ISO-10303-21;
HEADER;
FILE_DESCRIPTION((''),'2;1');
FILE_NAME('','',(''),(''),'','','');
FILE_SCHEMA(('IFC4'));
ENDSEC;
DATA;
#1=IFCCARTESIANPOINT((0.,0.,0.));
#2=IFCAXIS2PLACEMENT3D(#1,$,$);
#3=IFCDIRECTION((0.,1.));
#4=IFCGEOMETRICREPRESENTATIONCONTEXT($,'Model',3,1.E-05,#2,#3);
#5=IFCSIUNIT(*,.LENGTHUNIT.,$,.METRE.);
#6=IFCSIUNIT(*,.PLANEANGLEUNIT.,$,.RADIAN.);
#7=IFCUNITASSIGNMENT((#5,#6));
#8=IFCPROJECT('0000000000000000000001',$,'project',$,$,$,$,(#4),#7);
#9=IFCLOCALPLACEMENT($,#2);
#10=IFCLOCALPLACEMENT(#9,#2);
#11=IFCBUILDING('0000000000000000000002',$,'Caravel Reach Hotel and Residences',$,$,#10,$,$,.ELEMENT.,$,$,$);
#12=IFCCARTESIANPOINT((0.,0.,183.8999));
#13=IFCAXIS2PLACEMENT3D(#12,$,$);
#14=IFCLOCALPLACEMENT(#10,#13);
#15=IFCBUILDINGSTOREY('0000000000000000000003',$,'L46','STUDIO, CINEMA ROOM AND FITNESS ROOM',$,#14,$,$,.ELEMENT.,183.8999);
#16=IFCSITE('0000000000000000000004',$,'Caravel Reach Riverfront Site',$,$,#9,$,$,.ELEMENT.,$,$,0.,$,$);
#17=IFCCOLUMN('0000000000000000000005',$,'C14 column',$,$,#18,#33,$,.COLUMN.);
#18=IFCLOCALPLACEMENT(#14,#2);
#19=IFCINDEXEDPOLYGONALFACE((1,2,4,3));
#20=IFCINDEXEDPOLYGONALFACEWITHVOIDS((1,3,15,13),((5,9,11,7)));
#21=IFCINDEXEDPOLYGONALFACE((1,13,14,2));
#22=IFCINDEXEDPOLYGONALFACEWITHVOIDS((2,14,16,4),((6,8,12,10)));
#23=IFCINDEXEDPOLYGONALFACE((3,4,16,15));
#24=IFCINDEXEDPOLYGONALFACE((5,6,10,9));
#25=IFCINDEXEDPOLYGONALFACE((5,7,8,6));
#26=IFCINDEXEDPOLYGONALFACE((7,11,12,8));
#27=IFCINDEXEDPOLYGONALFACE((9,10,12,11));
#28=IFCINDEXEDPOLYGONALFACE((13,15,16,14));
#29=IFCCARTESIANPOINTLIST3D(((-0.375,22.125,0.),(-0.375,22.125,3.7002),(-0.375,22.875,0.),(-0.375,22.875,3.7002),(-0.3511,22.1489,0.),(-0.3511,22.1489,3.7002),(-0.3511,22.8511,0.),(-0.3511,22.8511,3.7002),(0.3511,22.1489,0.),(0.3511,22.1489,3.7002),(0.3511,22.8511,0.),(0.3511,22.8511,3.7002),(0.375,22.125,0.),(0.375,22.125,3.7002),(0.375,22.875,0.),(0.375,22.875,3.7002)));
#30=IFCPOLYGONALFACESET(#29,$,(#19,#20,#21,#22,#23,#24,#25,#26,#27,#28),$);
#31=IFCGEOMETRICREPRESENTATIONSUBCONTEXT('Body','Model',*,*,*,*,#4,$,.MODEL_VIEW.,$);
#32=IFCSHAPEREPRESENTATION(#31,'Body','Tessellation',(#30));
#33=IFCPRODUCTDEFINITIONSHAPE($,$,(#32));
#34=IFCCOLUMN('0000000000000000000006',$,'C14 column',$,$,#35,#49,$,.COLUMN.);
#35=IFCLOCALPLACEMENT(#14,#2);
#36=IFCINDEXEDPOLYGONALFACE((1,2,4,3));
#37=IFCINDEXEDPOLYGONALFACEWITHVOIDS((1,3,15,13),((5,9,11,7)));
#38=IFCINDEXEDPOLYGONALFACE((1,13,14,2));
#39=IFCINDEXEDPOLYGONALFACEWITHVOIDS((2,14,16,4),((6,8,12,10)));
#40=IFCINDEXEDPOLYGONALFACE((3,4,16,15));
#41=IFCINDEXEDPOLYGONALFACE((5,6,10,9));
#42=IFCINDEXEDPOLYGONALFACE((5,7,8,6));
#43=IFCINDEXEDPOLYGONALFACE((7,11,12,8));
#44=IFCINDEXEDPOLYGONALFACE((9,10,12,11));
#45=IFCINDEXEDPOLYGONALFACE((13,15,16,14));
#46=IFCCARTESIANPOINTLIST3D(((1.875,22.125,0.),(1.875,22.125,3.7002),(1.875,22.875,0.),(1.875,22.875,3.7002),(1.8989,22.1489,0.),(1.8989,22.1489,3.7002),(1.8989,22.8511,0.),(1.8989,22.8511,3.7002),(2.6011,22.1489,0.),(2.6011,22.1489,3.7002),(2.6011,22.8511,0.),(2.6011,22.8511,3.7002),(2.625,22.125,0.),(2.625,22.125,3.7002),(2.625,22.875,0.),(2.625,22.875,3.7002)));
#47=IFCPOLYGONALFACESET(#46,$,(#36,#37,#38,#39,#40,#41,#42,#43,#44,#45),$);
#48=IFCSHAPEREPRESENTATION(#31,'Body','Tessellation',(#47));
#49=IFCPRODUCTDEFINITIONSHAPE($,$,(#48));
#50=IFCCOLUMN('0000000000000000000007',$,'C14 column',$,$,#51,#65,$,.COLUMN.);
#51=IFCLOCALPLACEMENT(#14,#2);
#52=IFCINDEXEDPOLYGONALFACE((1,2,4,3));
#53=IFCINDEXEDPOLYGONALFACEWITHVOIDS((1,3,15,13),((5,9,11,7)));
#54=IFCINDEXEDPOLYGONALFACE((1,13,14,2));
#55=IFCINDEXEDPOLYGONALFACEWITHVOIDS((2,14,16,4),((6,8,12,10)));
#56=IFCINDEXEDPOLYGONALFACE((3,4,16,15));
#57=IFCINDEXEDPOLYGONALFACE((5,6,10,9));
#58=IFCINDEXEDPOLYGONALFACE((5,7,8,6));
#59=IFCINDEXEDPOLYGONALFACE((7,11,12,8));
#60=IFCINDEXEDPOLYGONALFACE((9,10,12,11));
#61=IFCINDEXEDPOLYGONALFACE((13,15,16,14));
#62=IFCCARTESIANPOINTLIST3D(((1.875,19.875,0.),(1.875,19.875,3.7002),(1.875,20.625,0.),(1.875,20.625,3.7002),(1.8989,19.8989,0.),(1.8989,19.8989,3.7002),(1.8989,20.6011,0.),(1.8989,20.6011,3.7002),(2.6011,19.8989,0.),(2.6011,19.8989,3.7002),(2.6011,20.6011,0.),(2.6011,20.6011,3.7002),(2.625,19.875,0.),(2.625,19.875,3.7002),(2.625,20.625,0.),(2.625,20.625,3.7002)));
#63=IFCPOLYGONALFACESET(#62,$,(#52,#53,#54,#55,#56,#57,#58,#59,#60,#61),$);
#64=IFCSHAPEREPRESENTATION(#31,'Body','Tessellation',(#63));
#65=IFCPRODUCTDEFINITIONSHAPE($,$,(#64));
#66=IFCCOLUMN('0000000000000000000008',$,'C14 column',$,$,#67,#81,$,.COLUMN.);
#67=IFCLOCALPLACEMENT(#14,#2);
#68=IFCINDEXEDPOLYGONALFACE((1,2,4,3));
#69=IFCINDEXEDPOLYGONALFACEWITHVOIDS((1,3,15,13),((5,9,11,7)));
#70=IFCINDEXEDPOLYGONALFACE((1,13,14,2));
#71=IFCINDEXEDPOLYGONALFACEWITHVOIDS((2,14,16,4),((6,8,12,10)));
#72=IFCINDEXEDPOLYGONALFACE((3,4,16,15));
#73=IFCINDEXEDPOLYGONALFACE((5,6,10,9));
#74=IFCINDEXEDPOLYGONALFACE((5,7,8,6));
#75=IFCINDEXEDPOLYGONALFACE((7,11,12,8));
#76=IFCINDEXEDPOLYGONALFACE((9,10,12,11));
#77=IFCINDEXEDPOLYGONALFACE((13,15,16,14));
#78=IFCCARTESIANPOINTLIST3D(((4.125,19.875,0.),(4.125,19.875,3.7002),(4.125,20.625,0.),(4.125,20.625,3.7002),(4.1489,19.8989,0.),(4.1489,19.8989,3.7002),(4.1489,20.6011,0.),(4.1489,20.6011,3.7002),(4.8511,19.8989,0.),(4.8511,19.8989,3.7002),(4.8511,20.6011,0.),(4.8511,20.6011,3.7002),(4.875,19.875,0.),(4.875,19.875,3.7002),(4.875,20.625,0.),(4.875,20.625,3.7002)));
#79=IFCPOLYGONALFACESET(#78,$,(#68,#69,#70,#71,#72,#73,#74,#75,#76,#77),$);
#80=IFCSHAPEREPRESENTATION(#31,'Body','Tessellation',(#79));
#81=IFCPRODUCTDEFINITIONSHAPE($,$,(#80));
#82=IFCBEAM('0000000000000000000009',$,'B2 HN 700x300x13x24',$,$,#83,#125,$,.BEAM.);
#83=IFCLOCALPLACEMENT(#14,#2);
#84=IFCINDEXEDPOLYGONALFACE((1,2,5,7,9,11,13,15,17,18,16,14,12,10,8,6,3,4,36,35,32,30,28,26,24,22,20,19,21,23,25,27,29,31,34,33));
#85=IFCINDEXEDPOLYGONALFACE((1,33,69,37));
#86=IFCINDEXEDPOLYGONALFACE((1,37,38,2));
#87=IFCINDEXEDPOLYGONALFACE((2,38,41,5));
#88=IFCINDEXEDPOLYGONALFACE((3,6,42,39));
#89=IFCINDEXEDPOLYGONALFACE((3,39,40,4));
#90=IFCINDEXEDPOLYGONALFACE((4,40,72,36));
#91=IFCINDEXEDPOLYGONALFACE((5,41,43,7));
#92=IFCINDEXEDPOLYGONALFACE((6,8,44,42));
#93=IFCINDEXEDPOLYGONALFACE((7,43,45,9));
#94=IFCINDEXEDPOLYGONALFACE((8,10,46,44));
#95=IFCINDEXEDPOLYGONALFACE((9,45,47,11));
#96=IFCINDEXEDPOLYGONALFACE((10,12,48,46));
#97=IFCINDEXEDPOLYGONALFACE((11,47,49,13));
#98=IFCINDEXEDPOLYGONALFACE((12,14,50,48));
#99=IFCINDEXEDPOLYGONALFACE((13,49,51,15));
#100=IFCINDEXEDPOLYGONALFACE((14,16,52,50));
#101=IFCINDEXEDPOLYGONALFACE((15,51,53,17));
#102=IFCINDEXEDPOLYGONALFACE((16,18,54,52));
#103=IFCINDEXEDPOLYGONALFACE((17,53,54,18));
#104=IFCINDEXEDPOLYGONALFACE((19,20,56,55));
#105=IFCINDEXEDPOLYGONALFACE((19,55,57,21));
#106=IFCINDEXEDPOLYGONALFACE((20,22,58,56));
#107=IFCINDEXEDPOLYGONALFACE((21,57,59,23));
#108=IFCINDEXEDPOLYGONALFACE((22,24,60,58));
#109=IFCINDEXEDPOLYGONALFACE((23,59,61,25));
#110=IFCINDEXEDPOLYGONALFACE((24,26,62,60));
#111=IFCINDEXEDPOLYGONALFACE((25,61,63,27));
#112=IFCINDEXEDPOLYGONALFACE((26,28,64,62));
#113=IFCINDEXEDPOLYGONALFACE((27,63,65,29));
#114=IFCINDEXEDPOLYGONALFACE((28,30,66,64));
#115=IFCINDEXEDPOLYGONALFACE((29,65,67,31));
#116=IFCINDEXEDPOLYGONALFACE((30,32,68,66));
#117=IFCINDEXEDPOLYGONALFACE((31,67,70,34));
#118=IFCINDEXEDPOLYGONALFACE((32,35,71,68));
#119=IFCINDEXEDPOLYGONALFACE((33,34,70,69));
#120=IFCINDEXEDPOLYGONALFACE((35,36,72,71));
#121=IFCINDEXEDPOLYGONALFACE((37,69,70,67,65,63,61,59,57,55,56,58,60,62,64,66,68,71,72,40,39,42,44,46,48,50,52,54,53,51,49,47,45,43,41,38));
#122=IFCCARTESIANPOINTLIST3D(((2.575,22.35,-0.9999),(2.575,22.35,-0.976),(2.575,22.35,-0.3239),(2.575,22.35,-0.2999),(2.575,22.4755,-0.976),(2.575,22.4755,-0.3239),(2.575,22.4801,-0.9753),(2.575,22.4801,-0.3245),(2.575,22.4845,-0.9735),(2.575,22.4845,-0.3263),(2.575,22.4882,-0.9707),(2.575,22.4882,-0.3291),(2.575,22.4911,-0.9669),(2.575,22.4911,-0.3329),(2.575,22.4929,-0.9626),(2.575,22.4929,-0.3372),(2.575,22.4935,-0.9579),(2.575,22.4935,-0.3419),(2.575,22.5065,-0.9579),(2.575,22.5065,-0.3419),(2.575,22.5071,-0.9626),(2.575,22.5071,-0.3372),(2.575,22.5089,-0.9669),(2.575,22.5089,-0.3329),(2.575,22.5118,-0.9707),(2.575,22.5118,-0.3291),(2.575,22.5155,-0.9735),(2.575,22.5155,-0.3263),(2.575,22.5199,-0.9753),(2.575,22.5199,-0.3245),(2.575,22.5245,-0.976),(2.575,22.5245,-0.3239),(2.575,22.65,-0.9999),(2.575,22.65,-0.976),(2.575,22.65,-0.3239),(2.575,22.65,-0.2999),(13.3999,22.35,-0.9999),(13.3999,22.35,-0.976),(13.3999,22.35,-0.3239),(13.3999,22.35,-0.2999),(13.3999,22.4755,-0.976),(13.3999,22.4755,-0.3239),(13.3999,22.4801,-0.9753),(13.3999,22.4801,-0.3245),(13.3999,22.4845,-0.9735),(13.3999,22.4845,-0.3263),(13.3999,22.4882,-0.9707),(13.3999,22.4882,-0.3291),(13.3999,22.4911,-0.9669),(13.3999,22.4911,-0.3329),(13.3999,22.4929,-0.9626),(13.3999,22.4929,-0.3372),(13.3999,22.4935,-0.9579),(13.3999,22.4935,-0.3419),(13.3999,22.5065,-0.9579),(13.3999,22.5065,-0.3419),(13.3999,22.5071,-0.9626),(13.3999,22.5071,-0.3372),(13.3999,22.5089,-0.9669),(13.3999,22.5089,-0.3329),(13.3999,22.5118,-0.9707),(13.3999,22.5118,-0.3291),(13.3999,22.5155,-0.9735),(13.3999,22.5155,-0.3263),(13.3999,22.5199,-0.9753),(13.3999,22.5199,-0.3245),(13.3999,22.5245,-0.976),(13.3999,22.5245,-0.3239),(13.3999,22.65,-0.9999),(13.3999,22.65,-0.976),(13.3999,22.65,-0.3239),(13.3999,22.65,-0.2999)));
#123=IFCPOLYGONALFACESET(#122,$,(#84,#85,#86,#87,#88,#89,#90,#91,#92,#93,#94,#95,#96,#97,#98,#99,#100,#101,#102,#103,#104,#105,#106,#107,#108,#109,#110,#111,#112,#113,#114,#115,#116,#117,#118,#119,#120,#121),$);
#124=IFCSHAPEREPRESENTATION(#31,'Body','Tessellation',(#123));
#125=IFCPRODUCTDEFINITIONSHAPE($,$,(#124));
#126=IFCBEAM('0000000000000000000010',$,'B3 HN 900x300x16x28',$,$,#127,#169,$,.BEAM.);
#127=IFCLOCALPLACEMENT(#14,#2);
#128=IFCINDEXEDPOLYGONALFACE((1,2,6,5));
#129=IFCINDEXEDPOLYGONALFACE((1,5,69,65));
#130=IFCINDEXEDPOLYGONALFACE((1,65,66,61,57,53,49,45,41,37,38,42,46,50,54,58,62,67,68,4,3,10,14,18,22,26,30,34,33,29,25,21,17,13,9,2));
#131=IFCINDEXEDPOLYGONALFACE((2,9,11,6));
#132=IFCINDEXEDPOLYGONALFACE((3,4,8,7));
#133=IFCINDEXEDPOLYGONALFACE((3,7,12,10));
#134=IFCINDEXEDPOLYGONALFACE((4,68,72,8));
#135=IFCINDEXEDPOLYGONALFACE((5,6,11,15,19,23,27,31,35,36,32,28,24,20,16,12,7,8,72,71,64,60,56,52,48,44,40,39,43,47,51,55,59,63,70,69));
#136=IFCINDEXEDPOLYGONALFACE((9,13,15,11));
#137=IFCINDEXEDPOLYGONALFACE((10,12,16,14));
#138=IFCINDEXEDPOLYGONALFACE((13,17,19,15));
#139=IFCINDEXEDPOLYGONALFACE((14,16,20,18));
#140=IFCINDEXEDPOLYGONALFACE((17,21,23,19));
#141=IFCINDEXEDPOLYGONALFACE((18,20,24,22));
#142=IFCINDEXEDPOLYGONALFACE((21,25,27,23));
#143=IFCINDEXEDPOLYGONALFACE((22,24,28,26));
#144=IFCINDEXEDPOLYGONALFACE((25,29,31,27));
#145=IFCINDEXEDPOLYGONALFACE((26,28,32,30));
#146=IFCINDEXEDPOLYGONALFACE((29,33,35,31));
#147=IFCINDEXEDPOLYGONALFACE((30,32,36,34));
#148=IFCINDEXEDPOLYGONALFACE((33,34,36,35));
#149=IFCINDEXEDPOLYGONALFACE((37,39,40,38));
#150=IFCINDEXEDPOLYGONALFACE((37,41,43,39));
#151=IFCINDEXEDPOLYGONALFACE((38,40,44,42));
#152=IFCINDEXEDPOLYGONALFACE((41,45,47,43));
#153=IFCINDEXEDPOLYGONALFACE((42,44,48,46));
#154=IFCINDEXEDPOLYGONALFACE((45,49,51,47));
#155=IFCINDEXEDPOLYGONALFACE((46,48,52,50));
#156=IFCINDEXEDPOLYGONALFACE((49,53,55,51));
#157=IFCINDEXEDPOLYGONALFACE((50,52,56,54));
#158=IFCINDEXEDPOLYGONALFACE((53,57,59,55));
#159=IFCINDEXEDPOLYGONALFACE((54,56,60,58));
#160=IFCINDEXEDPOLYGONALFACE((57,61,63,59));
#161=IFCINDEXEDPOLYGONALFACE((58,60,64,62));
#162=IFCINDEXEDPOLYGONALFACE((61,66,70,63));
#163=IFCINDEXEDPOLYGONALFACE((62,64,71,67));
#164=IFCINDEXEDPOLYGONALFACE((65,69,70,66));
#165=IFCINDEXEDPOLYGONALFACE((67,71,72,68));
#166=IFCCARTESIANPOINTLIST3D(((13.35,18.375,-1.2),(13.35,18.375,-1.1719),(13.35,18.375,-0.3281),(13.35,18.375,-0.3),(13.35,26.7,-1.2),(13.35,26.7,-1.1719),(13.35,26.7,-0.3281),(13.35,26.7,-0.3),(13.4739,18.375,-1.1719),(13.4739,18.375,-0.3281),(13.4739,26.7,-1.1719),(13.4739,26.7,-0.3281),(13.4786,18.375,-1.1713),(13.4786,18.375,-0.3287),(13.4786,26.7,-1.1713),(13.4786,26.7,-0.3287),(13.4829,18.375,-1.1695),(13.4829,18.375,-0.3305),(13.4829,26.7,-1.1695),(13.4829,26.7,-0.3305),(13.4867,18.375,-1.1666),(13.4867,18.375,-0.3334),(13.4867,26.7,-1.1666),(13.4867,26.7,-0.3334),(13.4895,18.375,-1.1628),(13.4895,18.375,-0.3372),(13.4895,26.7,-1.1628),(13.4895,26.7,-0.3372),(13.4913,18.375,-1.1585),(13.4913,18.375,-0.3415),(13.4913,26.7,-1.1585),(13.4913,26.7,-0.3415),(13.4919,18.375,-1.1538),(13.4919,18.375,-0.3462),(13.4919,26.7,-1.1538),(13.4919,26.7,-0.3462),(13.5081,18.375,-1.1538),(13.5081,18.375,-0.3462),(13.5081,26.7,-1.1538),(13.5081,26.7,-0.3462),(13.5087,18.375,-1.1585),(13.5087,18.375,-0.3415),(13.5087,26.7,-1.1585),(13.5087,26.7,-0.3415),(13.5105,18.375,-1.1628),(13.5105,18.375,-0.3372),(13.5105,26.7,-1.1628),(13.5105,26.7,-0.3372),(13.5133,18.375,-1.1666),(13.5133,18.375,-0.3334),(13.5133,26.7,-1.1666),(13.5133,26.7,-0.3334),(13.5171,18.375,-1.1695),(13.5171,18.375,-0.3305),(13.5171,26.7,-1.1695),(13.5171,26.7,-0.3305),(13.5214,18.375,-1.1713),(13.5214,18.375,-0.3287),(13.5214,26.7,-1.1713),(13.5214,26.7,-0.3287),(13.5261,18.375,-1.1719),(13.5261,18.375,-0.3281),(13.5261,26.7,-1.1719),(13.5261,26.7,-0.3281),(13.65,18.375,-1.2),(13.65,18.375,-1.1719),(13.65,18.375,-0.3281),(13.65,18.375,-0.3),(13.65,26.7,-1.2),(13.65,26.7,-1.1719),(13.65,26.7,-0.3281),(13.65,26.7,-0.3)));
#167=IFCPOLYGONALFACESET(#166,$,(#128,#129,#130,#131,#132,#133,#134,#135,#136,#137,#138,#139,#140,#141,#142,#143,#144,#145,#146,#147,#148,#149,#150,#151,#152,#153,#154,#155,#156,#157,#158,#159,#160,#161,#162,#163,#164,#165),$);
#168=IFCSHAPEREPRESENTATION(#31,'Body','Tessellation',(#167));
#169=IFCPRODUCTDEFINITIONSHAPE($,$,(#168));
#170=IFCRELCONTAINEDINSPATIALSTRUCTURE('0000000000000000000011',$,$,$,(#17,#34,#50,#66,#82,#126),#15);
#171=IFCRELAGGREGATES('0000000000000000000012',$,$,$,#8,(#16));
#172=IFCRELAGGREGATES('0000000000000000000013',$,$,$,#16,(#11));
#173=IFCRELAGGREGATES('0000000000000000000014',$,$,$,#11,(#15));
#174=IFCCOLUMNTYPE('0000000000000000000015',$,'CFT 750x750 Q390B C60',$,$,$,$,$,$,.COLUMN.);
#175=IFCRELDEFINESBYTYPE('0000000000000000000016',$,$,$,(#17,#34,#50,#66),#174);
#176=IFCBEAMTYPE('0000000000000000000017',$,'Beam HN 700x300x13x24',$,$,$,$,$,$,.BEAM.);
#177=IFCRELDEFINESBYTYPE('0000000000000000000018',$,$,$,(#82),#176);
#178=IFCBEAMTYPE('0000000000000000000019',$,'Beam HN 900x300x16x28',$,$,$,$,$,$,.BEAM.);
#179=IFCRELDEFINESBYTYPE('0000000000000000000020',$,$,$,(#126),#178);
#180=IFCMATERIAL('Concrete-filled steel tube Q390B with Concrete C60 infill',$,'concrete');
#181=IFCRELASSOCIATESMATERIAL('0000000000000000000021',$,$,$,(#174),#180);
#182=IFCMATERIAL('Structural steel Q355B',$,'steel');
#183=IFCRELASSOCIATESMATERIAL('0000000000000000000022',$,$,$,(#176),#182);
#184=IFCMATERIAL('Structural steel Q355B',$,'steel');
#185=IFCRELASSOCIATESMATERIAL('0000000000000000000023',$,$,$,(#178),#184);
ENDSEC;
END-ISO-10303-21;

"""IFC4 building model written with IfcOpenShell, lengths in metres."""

from ifc_helpers import new_model, si_unit, direction, frame, origin, origin_2d, place, context, subcontext, project, spatial, hollow_rectangle, i_section, extrude, material, material_profile, profile_set, type_object, element, save


model = new_model("IFC4")

# Units and contexts
model_context = context("Model", 3, precision=1e-05, world=origin(), true_north=direction((0.0, 1.0)))
body_context = subcontext(model_context, "Body", "Model", "MODEL_VIEW")
ifc_project = project(units=[si_unit("LENGTHUNIT", "METRE"), si_unit("PLANEANGLEUNIT", "RADIAN")], contexts=[model_context])

# Site, building, storey
site_placement = place(None, origin())
site = spatial("IfcSite", under=ifc_project, at=site_placement, Name="Caravel Reach Riverfront Site", CompositionType="ELEMENT", RefElevation=0.0)
building_placement = place(site_placement, origin())
building = spatial("IfcBuilding", under=site, at=building_placement, Name="Caravel Reach Hotel and Residences", CompositionType="ELEMENT")
storey_placement = place(building_placement, frame((0.0, 0.0, 183.8999)))
storey = spatial("IfcBuildingStorey", under=building, at=storey_placement, Name="L46", Description="STUDIO, CINEMA ROOM AND FITNESS ROOM", CompositionType="ELEMENT", Elevation=183.8999)

# Columns
ifc_material_1 = material(Name="Concrete-filled steel tube Q390B with Concrete C60 infill", Category="concrete")
ifc_material_profile_1 = material_profile(ifc_material_1, hollow_rectangle(XDim=0.75, YDim=0.75, WallThickness=0.0239, at=origin_2d()), Name="RHS 750x750x24")
ifc_profile_set_1 = profile_set([ifc_material_profile_1], Name="Concrete-filled steel tube Q390B with Concrete C60 infill")
column_type = type_object("IfcColumnType", Name="CFT 750x750 Q390B C60", PredefinedType="COLUMN", material=ifc_profile_set_1)
for number, where, z_axis, x_axis, name in (
    (1, (0.0, 22.5, 0.0), (0.0, 0.0, 1.0), (1.0, 0.0, 0.0), "C14 column"),
    (2, (2.25, 22.5, 0.0), (0.0, 0.0, 1.0), (1.0, 0.0, 0.0), "C14 column"),
    (3, (2.25, 20.25, 0.0), (0.0, 0.0, 1.0), (1.0, 0.0, 0.0), "C14 column"),
    (4, (4.5, 20.25, 0.0), (0.0, 0.0, 1.0), (1.0, 0.0, 0.0), "C14 column"),
):
    element("IfcColumn", number, at=place(storey_placement, frame(where, z_axis=z_axis, x_axis=x_axis)), inside=storey, type_object=column_type, Name=name, PredefinedType="COLUMN", context=body_context, shape_type="SweptSolid", body=[
        extrude(hollow_rectangle(XDim=0.75, YDim=0.75, WallThickness=0.0239, at=origin_2d()), origin(), (0.0, 0.0, 1.0), 3.7002),
    ])

# Beams
ifc_material_2 = material(Name="Structural steel Q355B", Category="steel")
ifc_material_profile_2 = material_profile(ifc_material_2, i_section(OverallWidth=0.3, OverallDepth=0.7, WebThickness=0.0129, FlangeThickness=0.0239, FilletRadius=0.0181, at=origin_2d()), Name="HN 700x300x13x24")
ifc_profile_set_2 = profile_set([ifc_material_profile_2], Name="Structural steel Q355B")
beam_type_1 = type_object("IfcBeamType", Name="Beam HN 700x300x13x24", PredefinedType="BEAM", material=ifc_profile_set_2)
beam_1_placement = place(storey_placement, frame((13.3999, 22.5, -0.6499), z_axis=(-1.0, 0.0, 0.0), x_axis=(0.0, -1.0, 0.0)))
element("IfcBeam", 5, at=beam_1_placement, inside=storey, type_object=beam_type_1, Name="B2 HN 700x300x13x24", PredefinedType="BEAM", context=body_context, shape_type="SweptSolid", body=[
    extrude(i_section(OverallWidth=0.3, OverallDepth=0.7, WebThickness=0.0129, FlangeThickness=0.0239, FilletRadius=0.0181, at=origin_2d()), origin(), (0.0, 0.0, 1.0), 10.825),
])
ifc_material_3 = material(Name="Structural steel Q355B", Category="steel")
ifc_material_profile_3 = material_profile(ifc_material_3, i_section(OverallWidth=0.3, OverallDepth=0.8999, WebThickness=0.0161, FlangeThickness=0.0281, FilletRadius=0.0181, at=origin_2d()), Name="HN 900x300x16x28")
ifc_profile_set_3 = profile_set([ifc_material_profile_3], Name="Structural steel Q355B")
beam_type_2 = type_object("IfcBeamType", Name="Beam HN 900x300x16x28", PredefinedType="BEAM", material=ifc_profile_set_3)
beam_2_placement = place(storey_placement, frame((13.5, 18.375, -0.75), z_axis=(0.0, 1.0, 0.0), x_axis=(-1.0, 0.0, 0.0)))
element("IfcBeam", 6, at=beam_2_placement, inside=storey, type_object=beam_type_2, Name="B3 HN 900x300x16x28", PredefinedType="BEAM", context=body_context, shape_type="SweptSolid", body=[
    extrude(i_section(OverallWidth=0.3, OverallDepth=0.8999, WebThickness=0.0161, FlangeThickness=0.0281, FilletRadius=0.0181, at=origin_2d()), origin(), (0.0, 0.0, 1.0), 8.325),
])

save(model, "model.ifc")
